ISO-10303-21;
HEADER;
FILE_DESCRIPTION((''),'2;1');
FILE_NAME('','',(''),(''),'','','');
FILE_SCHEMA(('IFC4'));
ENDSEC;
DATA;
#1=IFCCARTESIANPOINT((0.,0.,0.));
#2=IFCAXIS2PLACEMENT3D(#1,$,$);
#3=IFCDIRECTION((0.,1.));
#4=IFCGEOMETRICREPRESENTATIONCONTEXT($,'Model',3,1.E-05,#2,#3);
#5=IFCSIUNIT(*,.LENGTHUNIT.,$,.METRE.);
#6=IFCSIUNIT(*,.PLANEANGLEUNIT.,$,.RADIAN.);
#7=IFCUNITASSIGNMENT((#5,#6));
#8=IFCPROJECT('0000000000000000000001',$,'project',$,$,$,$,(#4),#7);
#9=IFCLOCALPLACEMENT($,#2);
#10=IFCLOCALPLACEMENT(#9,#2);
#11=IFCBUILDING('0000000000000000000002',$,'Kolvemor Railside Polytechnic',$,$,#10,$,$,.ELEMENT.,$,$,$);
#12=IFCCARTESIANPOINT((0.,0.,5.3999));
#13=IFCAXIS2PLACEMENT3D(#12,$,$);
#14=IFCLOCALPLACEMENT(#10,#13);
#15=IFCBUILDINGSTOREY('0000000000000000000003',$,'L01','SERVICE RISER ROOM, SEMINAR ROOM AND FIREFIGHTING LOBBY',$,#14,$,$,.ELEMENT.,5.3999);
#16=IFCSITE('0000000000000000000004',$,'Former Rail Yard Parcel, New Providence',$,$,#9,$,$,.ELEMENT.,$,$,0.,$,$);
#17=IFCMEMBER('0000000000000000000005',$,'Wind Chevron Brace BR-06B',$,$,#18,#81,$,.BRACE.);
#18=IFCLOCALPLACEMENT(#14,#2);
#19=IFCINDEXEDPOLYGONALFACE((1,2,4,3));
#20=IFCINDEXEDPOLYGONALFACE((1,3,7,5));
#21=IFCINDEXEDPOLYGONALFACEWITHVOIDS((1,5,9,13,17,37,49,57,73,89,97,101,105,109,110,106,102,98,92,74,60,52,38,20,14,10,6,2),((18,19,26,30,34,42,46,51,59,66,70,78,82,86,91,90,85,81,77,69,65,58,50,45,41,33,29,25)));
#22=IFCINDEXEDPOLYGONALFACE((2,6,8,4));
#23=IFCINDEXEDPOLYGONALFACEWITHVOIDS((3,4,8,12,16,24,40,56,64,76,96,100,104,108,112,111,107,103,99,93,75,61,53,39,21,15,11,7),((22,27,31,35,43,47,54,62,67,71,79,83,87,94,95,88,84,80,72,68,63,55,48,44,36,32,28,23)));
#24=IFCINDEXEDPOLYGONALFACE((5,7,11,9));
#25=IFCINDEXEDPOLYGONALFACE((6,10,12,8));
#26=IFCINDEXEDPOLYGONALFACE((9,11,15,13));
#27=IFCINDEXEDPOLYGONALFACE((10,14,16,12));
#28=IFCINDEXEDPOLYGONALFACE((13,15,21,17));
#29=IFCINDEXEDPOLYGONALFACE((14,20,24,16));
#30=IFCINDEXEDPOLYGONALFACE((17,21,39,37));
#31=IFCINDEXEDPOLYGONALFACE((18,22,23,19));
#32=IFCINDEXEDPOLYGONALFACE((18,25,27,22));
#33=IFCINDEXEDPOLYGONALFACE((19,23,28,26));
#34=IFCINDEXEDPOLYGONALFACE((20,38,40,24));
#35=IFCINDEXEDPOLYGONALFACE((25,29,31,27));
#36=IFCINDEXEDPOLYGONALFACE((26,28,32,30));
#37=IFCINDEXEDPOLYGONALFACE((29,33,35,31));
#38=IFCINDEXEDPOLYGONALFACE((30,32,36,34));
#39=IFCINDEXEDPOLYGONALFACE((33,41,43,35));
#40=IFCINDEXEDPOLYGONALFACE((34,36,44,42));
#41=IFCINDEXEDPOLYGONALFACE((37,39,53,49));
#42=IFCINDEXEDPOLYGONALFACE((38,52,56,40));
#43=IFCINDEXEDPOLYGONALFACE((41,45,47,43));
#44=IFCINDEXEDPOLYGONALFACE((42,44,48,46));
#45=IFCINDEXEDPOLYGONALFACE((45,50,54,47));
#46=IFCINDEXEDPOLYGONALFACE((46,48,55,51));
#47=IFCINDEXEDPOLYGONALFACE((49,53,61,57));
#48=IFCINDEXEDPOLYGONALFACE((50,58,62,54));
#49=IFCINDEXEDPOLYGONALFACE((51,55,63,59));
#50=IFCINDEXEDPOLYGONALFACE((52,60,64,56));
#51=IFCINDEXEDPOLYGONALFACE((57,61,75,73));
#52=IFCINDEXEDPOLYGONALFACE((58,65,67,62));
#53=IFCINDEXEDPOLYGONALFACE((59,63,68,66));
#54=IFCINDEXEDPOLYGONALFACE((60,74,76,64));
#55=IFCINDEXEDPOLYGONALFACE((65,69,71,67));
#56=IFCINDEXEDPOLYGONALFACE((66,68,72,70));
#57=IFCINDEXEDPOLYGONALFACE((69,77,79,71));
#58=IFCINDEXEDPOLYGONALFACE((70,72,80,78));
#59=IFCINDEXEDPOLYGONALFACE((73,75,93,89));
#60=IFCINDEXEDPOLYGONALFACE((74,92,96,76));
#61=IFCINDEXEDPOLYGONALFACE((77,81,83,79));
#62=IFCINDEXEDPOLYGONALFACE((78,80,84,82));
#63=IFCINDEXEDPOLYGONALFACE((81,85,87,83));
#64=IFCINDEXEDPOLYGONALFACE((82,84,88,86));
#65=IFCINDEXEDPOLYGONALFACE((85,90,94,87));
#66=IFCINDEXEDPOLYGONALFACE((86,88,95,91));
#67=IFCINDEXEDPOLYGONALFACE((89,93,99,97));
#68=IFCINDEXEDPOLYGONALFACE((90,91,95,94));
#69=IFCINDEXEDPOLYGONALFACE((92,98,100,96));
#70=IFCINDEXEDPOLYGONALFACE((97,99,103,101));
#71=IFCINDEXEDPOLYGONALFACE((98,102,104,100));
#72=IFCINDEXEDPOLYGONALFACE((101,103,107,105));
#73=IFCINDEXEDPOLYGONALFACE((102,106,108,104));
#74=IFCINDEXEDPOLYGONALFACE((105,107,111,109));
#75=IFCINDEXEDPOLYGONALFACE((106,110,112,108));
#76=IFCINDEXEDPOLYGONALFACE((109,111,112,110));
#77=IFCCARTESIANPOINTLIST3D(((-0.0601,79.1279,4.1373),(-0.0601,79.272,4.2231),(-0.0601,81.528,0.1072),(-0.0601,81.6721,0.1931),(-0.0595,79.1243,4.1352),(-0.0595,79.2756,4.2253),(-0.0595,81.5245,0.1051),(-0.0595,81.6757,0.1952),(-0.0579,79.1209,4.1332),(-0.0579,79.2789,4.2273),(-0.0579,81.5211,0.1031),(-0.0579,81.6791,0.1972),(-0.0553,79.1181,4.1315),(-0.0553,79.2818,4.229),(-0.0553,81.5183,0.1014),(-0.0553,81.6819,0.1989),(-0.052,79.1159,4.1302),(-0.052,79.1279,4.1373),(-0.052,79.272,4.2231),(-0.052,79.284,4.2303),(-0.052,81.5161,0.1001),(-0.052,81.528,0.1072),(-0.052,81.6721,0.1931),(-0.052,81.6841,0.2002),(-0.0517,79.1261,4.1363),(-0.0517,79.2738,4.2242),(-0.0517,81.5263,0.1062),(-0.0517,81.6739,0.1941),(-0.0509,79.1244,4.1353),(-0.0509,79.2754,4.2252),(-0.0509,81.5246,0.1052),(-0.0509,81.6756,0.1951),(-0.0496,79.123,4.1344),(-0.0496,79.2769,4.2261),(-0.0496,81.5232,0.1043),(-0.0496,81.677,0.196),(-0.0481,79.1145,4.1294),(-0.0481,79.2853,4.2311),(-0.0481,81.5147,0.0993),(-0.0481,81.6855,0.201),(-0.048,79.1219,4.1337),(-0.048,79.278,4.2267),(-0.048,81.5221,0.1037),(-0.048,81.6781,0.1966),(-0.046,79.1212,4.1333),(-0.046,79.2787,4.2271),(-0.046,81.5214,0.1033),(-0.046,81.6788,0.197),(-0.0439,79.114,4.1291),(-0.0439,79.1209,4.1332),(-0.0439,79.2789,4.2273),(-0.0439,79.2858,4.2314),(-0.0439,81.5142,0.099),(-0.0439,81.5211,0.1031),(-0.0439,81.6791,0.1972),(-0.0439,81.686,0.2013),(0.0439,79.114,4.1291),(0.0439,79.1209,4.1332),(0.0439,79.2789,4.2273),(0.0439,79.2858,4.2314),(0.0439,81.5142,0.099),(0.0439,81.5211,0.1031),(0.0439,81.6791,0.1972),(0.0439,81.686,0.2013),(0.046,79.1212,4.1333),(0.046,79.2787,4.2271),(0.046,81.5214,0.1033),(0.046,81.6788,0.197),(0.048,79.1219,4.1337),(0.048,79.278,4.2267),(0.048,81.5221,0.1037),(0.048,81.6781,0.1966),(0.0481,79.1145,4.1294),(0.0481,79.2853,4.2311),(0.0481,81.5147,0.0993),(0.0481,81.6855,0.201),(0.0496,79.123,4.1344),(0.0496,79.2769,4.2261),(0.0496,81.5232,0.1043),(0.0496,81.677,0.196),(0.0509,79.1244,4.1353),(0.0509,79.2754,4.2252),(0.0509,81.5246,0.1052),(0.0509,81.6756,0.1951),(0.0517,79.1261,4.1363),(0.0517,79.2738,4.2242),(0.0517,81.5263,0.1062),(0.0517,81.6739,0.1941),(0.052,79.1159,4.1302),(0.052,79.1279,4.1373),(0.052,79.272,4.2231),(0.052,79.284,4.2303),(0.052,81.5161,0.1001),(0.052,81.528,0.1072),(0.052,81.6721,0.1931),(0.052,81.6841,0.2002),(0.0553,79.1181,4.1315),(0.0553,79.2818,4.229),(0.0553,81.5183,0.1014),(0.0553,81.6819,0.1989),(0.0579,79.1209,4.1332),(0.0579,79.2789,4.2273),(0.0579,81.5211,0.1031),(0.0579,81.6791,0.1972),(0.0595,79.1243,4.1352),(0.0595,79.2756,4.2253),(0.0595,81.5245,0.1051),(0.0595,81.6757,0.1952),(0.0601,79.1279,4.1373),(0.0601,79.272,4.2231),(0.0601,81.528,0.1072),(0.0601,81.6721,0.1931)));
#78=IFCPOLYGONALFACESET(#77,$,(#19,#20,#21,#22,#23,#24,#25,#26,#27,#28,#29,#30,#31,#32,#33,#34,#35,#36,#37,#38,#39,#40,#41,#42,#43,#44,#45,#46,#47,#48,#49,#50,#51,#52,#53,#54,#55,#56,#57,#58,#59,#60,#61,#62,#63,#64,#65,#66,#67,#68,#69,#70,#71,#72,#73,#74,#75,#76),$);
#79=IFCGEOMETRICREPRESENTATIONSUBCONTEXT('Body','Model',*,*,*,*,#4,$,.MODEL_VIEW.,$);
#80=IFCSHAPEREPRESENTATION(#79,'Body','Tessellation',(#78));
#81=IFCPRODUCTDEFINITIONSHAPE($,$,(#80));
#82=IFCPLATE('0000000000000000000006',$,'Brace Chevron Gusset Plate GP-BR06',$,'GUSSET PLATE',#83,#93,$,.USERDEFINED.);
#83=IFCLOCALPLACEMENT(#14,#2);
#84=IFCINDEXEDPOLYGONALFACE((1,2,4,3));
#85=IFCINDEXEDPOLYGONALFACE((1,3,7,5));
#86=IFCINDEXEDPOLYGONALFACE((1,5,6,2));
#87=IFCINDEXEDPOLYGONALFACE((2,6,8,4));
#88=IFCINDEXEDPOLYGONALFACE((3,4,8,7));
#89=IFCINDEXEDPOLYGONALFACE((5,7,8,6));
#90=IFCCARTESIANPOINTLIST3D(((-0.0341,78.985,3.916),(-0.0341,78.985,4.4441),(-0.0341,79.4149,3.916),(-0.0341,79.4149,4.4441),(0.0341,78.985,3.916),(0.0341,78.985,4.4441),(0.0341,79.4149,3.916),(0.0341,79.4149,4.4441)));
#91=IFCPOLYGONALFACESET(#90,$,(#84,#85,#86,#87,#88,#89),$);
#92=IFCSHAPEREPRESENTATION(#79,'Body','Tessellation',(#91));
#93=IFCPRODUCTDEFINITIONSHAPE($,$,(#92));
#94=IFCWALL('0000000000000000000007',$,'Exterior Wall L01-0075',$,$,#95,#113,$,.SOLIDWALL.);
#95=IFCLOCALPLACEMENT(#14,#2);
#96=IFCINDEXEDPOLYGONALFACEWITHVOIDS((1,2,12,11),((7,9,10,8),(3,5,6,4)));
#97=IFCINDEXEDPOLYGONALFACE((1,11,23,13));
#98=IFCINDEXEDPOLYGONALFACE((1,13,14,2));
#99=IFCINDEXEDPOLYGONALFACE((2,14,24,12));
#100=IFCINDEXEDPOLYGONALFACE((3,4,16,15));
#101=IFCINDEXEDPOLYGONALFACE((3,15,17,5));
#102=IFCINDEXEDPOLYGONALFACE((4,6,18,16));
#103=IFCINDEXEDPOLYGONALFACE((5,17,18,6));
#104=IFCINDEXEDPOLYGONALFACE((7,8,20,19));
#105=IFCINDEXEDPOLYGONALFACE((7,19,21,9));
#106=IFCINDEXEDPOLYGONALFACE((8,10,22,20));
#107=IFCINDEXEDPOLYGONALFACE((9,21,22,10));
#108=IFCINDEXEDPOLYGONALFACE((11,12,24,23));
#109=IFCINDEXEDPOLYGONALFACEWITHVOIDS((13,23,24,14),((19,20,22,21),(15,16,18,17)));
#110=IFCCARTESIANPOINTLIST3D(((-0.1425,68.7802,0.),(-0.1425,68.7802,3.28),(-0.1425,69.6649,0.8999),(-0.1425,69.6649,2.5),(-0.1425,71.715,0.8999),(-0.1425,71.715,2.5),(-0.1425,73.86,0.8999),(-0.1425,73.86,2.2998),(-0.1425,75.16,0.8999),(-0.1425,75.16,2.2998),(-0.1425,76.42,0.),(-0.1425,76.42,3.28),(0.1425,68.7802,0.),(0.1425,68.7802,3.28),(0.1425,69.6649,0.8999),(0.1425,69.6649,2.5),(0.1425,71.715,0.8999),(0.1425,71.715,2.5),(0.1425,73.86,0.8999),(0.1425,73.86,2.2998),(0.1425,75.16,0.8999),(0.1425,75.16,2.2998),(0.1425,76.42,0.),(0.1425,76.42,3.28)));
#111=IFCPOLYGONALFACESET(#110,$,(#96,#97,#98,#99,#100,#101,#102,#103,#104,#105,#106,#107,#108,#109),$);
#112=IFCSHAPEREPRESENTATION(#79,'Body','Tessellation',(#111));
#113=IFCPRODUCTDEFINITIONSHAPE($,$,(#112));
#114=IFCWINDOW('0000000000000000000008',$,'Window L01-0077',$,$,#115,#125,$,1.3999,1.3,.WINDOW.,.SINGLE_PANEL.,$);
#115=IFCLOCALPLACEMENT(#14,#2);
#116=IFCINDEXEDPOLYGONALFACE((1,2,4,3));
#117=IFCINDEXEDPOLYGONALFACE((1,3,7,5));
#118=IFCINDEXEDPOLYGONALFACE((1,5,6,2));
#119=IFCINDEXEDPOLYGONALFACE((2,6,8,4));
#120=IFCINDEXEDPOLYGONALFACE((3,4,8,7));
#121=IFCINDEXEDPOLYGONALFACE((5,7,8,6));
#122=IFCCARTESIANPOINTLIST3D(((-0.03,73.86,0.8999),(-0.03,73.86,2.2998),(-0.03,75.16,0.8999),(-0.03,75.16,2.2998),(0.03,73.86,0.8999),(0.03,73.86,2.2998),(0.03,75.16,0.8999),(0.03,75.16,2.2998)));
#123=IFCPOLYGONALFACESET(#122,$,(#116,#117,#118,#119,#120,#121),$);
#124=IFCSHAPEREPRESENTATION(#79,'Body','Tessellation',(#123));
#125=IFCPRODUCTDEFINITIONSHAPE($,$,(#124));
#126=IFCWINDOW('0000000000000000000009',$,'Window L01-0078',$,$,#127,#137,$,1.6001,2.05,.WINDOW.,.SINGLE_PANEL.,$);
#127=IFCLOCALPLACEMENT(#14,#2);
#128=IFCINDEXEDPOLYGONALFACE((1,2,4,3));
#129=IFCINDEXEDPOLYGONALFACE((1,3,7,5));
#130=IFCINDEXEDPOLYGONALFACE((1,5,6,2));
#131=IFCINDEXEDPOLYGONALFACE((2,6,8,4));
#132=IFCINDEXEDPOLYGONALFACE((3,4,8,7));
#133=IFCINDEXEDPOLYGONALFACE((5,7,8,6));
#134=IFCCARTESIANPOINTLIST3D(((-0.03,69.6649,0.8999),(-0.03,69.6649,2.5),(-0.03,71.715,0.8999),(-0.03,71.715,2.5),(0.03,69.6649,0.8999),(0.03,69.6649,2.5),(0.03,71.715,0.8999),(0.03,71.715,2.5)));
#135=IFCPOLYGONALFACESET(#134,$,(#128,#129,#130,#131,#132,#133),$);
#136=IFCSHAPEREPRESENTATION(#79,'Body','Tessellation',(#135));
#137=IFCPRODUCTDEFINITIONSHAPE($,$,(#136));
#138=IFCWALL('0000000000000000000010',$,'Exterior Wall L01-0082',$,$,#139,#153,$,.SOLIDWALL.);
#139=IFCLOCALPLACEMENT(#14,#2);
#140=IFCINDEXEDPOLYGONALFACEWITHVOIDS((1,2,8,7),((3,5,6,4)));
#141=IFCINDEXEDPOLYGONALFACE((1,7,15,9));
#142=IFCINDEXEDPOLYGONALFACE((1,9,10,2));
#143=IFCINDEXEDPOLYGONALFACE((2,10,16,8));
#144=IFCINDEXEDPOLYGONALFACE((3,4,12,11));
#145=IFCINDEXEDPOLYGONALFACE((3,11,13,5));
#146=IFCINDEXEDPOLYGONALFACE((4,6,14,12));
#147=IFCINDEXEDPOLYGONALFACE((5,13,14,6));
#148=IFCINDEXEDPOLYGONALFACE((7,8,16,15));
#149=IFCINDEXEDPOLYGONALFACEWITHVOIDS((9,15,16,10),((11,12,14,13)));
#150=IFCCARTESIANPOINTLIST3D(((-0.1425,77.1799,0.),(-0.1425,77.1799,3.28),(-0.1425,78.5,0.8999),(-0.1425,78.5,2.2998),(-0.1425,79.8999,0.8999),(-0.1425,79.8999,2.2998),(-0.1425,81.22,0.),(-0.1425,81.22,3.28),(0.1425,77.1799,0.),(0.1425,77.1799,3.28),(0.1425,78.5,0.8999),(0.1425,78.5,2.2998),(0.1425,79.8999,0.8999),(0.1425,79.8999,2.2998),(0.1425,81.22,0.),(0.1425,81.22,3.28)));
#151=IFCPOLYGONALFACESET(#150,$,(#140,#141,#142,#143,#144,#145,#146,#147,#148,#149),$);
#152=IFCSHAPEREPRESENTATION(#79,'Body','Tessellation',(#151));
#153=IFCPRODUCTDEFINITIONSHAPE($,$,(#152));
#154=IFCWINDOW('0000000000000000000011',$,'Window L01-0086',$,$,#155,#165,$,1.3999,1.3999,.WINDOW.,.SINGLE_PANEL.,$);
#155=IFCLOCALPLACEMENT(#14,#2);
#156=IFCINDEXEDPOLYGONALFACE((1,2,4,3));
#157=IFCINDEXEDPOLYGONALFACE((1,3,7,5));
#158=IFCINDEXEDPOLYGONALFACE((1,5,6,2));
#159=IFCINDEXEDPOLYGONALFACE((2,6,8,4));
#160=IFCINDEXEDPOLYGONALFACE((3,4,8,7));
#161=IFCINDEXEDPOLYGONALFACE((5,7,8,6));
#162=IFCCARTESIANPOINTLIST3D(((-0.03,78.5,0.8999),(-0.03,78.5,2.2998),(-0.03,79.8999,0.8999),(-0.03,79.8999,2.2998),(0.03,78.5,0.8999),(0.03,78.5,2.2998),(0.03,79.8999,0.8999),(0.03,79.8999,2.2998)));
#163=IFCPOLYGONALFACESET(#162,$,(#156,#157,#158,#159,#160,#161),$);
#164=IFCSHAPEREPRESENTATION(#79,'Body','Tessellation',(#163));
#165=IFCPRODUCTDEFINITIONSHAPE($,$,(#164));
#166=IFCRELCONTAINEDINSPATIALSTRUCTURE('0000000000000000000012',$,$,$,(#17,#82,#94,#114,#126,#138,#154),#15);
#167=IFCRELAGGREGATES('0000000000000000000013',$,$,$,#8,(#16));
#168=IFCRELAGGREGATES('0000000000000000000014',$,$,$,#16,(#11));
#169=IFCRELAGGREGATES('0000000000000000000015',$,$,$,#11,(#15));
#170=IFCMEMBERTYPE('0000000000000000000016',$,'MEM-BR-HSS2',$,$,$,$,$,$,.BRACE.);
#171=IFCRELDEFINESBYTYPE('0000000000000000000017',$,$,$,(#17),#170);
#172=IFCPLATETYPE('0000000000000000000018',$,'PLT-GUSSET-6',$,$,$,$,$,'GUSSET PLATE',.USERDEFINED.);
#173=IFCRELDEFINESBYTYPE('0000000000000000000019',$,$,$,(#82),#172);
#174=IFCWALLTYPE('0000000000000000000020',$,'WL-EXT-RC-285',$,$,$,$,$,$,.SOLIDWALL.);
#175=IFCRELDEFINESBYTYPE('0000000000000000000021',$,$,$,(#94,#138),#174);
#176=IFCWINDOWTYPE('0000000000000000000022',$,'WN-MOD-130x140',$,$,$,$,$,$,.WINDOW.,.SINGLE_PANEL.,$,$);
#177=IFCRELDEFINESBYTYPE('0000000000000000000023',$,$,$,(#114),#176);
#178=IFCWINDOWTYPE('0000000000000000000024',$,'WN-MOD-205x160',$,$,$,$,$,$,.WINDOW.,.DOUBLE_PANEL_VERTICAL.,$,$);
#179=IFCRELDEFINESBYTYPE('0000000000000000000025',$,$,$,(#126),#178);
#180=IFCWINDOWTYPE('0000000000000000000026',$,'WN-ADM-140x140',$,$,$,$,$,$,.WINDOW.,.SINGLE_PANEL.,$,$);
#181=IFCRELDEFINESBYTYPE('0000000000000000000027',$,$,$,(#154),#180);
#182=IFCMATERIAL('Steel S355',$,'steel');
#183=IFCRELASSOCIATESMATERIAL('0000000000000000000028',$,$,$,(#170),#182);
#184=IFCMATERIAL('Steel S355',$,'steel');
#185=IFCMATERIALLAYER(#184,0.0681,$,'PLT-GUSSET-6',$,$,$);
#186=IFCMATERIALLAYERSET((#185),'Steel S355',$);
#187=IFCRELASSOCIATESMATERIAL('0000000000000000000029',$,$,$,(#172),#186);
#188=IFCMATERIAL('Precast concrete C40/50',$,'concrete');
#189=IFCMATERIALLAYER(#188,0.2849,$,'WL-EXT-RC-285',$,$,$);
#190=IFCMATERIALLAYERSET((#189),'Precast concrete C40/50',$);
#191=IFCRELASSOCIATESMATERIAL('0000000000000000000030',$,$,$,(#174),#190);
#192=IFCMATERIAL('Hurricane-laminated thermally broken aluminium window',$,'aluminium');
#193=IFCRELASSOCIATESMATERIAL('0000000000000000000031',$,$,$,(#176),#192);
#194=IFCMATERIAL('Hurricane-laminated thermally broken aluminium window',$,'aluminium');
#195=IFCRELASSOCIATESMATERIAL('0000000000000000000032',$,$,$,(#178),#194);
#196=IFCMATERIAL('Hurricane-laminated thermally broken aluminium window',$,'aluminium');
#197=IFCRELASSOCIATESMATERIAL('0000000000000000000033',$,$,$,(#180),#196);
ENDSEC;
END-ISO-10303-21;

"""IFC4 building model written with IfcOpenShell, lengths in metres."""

from ifc_helpers import new_model, si_unit, direction, frame, frame_2d, origin, origin_2d, place, context, subcontext, project, spatial, rectangle, hollow_rectangle, extrude, material, layer, layer_set, material_profile, profile_set, type_object, element, fill, save


model = new_model("IFC4")

# Units and contexts
model_context = context("Model", 3, precision=1e-05, world=origin(), true_north=direction((0.0, 1.0)))
body_context = subcontext(model_context, "Body", "Model", "MODEL_VIEW")
ifc_project = project(units=[si_unit("LENGTHUNIT", "METRE"), si_unit("PLANEANGLEUNIT", "RADIAN")], contexts=[model_context])

# Site, building, storey
site_placement = place(None, origin())
site = spatial("IfcSite", under=ifc_project, at=site_placement, Name="Former Rail Yard Parcel, New Providence", CompositionType="ELEMENT", RefElevation=0.0)
building_placement = place(site_placement, origin())
building = spatial("IfcBuilding", under=site, at=building_placement, Name="Kolvemor Railside Polytechnic", CompositionType="ELEMENT")
storey_placement = place(building_placement, frame((0.0, 0.0, 5.3999)))
storey = spatial("IfcBuildingStorey", under=building, at=storey_placement, Name="L01", Description="SERVICE RISER ROOM, SEMINAR ROOM AND FIREFIGHTING LOBBY", CompositionType="ELEMENT", Elevation=5.3999)

# Member
ifc_material_1 = material(Name="Steel S355", Category="steel")
ifc_material_profile_1 = material_profile(ifc_material_1, hollow_rectangle(XDim=0.1201, YDim=0.2, WallThickness=0.0081, InnerFilletRadius=0.0081, OuterFilletRadius=0.0161, at=origin_2d()), Name="HSS200x120x8")
ifc_profile_set_1 = profile_set([ifc_material_profile_1], Name="Steel S355")
member_type_1 = type_object("IfcMemberType", Name="MEM-BR-HSS2", PredefinedType="BRACE", material=ifc_profile_set_1)
member_1_placement = place(storey_placement, frame((0.0, 81.6001, 0.1501), z_axis=(0.0, -0.511692, 0.859169), x_axis=(1.0, 0.0, 0.0)))
element("IfcMember", 1, at=member_1_placement, inside=storey, type_object=member_type_1, Name="Wind Chevron Brace BR-06B", PredefinedType="BRACE", context=body_context, shape_type="SweptSolid", body=[
    extrude(hollow_rectangle(XDim=0.1201, YDim=0.2, WallThickness=0.0081, InnerFilletRadius=0.0081, OuterFilletRadius=0.0161, at=origin_2d()), origin(), (0.0, 0.0, 1.0), 4.6907),
])

# Plate
ifc_material_2 = material(Name="Steel S355", Category="steel")
ifc_layer_1 = layer(ifc_material_2, 0.0681, Name="PLT-GUSSET-6")
ifc_layer_set_1 = layer_set([ifc_layer_1], Name="Steel S355")
plate_type = type_object("IfcPlateType", Name="PLT-GUSSET-6", ElementType="GUSSET PLATE", PredefinedType="USERDEFINED", material=ifc_layer_set_1)
plate_placement = place(storey_placement, frame((0.0, 79.2, 3.916), z_axis=(0.0, 0.0, 1.0), x_axis=(0.0, 1.0, 0.0)))
element("IfcPlate", 2, at=plate_placement, inside=storey, type_object=plate_type, Name="Brace Chevron Gusset Plate GP-BR06", ObjectType="GUSSET PLATE", PredefinedType="USERDEFINED", context=body_context, shape_type="SweptSolid", body=[
    extrude(rectangle(XDim=0.4299, YDim=0.0681, at=origin_2d()), origin(), (0.0, 0.0, 1.0), 0.5281),
])

# Wall, openings, windows
ifc_material_3 = material(Name="Precast concrete C40/50", Category="concrete")
ifc_layer_2 = layer(ifc_material_3, 0.2849, Name="WL-EXT-RC-285")
ifc_layer_set_2 = layer_set([ifc_layer_2], Name="Precast concrete C40/50")
wall_type_1 = type_object("IfcWallType", Name="WL-EXT-RC-285", PredefinedType="SOLIDWALL", material=ifc_layer_set_2)
wall_1_placement = place(storey_placement, frame((0.0, 76.4199, 0.0), z_axis=(0.0, 0.0, 1.0), x_axis=(0.0, -1.0, 0.0)))
wall_1 = element("IfcWall", 3, at=wall_1_placement, inside=storey, type_object=wall_type_1, Name="Exterior Wall L01-0075", PredefinedType="SOLIDWALL", context=body_context, shape_type="SweptSolid", body=[
    extrude(rectangle(XDim=7.6399, YDim=0.2849, at=frame_2d((3.8198, 0.0))), origin(), (0.0, 0.0, 1.0), 3.28),
])
opening_1_placement = place(wall_1_placement, frame((1.26, 0.0, 0.8999)))
opening_1 = element("IfcOpeningElement", 4, at=opening_1_placement, cuts=wall_1, PredefinedType="OPENING", context=body_context, shape_type="SweptSolid", body=[
    extrude(rectangle(XDim=1.3, YDim=1.3999, at=frame_2d((0.6499, 0.7))), frame((0.0, 0.1523, 0.0), z_axis=(0.0, -1.0, 0.0), x_axis=(1.0, 0.0, 0.0)), (0.0, 0.0, 1.0), 0.3049),
])
opening_2_placement = place(wall_1_placement, frame((4.7051, 0.0, 0.8999)))
opening_2 = element("IfcOpeningElement", 5, at=opening_2_placement, cuts=wall_1, PredefinedType="OPENING", context=body_context, shape_type="SweptSolid", body=[
    extrude(rectangle(XDim=2.05, YDim=1.6001, at=frame_2d((1.0249, 0.8))), frame((0.0, 0.1523, 0.0), z_axis=(0.0, -1.0, 0.0), x_axis=(1.0, 0.0, 0.0)), (0.0, 0.0, 1.0), 0.3049),
])
ifc_material_4 = material(Name="Hurricane-laminated thermally broken aluminium window", Category="aluminium")
window_type_1 = type_object("IfcWindowType", Name="WN-MOD-130x140", PartitioningType="SINGLE_PANEL", PredefinedType="WINDOW", material=ifc_material_4)
window_1_placement = place(opening_1_placement, origin())
window_1 = element("IfcWindow", 6, at=window_1_placement, inside=storey, type_object=window_type_1, Name="Window L01-0077", OverallHeight=1.3999, OverallWidth=1.3, PartitioningType="SINGLE_PANEL", PredefinedType="WINDOW", context=body_context, shape_type="SweptSolid", body=[
    extrude(rectangle(XDim=1.3, YDim=1.3999, at=frame_2d((0.6499, 0.7))), frame((0.0, 0.03, 0.0), z_axis=(0.0, -1.0, 0.0), x_axis=(1.0, 0.0, 0.0)), (0.0, 0.0, 1.0), 0.0601),
])
fill(opening_1, window_1)
ifc_material_5 = material(Name="Hurricane-laminated thermally broken aluminium window", Category="aluminium")
window_type_2 = type_object("IfcWindowType", Name="WN-MOD-205x160", PartitioningType="DOUBLE_PANEL_VERTICAL", PredefinedType="WINDOW", material=ifc_material_5)
window_2_placement = place(opening_2_placement, origin())
window_2 = element("IfcWindow", 7, at=window_2_placement, inside=storey, type_object=window_type_2, Name="Window L01-0078", OverallHeight=1.6001, OverallWidth=2.05, PartitioningType="SINGLE_PANEL", PredefinedType="WINDOW", context=body_context, shape_type="SweptSolid", body=[
    extrude(rectangle(XDim=2.05, YDim=1.6001, at=frame_2d((1.0249, 0.8))), frame((0.0, 0.03, 0.0), z_axis=(0.0, -1.0, 0.0), x_axis=(1.0, 0.0, 0.0)), (0.0, 0.0, 1.0), 0.0601),
])
fill(opening_2, window_2)

# Wall, opening, window
wall_2_placement = place(storey_placement, frame((0.0, 81.22, 0.0), z_axis=(0.0, 0.0, 1.0), x_axis=(0.0, -1.0, 0.0)))
wall_2 = element("IfcWall", 8, at=wall_2_placement, inside=storey, type_object=wall_type_1, Name="Exterior Wall L01-0082", PredefinedType="SOLIDWALL", context=body_context, shape_type="SweptSolid", body=[
    extrude(rectangle(XDim=4.04, YDim=0.2849, at=frame_2d((2.02, 0.0))), origin(), (0.0, 0.0, 1.0), 3.28),
])
opening_3_placement = place(wall_2_placement, frame((1.3201, 0.0, 0.8999)))
opening_3 = element("IfcOpeningElement", 9, at=opening_3_placement, cuts=wall_2, PredefinedType="OPENING", context=body_context, shape_type="SweptSolid", body=[
    extrude(rectangle(XDim=1.3999, YDim=1.3999, at=frame_2d((0.7, 0.7))), frame((0.0, 0.1523, 0.0), z_axis=(0.0, -1.0, 0.0), x_axis=(1.0, 0.0, 0.0)), (0.0, 0.0, 1.0), 0.3049),
])
ifc_material_6 = material(Name="Hurricane-laminated thermally broken aluminium window", Category="aluminium")
window_type_3 = type_object("IfcWindowType", Name="WN-ADM-140x140", PartitioningType="SINGLE_PANEL", PredefinedType="WINDOW", material=ifc_material_6)
window_3_placement = place(opening_3_placement, origin())
window_3 = element("IfcWindow", 10, at=window_3_placement, inside=storey, type_object=window_type_3, Name="Window L01-0086", OverallHeight=1.3999, OverallWidth=1.3999, PartitioningType="SINGLE_PANEL", PredefinedType="WINDOW", context=body_context, shape_type="SweptSolid", body=[
    extrude(rectangle(XDim=1.3999, YDim=1.3999, at=frame_2d((0.7, 0.7))), frame((0.0, 0.03, 0.0), z_axis=(0.0, -1.0, 0.0), x_axis=(1.0, 0.0, 0.0)), (0.0, 0.0, 1.0), 0.0601),
])
fill(opening_3, window_3)

save(model, "model.ifc")
